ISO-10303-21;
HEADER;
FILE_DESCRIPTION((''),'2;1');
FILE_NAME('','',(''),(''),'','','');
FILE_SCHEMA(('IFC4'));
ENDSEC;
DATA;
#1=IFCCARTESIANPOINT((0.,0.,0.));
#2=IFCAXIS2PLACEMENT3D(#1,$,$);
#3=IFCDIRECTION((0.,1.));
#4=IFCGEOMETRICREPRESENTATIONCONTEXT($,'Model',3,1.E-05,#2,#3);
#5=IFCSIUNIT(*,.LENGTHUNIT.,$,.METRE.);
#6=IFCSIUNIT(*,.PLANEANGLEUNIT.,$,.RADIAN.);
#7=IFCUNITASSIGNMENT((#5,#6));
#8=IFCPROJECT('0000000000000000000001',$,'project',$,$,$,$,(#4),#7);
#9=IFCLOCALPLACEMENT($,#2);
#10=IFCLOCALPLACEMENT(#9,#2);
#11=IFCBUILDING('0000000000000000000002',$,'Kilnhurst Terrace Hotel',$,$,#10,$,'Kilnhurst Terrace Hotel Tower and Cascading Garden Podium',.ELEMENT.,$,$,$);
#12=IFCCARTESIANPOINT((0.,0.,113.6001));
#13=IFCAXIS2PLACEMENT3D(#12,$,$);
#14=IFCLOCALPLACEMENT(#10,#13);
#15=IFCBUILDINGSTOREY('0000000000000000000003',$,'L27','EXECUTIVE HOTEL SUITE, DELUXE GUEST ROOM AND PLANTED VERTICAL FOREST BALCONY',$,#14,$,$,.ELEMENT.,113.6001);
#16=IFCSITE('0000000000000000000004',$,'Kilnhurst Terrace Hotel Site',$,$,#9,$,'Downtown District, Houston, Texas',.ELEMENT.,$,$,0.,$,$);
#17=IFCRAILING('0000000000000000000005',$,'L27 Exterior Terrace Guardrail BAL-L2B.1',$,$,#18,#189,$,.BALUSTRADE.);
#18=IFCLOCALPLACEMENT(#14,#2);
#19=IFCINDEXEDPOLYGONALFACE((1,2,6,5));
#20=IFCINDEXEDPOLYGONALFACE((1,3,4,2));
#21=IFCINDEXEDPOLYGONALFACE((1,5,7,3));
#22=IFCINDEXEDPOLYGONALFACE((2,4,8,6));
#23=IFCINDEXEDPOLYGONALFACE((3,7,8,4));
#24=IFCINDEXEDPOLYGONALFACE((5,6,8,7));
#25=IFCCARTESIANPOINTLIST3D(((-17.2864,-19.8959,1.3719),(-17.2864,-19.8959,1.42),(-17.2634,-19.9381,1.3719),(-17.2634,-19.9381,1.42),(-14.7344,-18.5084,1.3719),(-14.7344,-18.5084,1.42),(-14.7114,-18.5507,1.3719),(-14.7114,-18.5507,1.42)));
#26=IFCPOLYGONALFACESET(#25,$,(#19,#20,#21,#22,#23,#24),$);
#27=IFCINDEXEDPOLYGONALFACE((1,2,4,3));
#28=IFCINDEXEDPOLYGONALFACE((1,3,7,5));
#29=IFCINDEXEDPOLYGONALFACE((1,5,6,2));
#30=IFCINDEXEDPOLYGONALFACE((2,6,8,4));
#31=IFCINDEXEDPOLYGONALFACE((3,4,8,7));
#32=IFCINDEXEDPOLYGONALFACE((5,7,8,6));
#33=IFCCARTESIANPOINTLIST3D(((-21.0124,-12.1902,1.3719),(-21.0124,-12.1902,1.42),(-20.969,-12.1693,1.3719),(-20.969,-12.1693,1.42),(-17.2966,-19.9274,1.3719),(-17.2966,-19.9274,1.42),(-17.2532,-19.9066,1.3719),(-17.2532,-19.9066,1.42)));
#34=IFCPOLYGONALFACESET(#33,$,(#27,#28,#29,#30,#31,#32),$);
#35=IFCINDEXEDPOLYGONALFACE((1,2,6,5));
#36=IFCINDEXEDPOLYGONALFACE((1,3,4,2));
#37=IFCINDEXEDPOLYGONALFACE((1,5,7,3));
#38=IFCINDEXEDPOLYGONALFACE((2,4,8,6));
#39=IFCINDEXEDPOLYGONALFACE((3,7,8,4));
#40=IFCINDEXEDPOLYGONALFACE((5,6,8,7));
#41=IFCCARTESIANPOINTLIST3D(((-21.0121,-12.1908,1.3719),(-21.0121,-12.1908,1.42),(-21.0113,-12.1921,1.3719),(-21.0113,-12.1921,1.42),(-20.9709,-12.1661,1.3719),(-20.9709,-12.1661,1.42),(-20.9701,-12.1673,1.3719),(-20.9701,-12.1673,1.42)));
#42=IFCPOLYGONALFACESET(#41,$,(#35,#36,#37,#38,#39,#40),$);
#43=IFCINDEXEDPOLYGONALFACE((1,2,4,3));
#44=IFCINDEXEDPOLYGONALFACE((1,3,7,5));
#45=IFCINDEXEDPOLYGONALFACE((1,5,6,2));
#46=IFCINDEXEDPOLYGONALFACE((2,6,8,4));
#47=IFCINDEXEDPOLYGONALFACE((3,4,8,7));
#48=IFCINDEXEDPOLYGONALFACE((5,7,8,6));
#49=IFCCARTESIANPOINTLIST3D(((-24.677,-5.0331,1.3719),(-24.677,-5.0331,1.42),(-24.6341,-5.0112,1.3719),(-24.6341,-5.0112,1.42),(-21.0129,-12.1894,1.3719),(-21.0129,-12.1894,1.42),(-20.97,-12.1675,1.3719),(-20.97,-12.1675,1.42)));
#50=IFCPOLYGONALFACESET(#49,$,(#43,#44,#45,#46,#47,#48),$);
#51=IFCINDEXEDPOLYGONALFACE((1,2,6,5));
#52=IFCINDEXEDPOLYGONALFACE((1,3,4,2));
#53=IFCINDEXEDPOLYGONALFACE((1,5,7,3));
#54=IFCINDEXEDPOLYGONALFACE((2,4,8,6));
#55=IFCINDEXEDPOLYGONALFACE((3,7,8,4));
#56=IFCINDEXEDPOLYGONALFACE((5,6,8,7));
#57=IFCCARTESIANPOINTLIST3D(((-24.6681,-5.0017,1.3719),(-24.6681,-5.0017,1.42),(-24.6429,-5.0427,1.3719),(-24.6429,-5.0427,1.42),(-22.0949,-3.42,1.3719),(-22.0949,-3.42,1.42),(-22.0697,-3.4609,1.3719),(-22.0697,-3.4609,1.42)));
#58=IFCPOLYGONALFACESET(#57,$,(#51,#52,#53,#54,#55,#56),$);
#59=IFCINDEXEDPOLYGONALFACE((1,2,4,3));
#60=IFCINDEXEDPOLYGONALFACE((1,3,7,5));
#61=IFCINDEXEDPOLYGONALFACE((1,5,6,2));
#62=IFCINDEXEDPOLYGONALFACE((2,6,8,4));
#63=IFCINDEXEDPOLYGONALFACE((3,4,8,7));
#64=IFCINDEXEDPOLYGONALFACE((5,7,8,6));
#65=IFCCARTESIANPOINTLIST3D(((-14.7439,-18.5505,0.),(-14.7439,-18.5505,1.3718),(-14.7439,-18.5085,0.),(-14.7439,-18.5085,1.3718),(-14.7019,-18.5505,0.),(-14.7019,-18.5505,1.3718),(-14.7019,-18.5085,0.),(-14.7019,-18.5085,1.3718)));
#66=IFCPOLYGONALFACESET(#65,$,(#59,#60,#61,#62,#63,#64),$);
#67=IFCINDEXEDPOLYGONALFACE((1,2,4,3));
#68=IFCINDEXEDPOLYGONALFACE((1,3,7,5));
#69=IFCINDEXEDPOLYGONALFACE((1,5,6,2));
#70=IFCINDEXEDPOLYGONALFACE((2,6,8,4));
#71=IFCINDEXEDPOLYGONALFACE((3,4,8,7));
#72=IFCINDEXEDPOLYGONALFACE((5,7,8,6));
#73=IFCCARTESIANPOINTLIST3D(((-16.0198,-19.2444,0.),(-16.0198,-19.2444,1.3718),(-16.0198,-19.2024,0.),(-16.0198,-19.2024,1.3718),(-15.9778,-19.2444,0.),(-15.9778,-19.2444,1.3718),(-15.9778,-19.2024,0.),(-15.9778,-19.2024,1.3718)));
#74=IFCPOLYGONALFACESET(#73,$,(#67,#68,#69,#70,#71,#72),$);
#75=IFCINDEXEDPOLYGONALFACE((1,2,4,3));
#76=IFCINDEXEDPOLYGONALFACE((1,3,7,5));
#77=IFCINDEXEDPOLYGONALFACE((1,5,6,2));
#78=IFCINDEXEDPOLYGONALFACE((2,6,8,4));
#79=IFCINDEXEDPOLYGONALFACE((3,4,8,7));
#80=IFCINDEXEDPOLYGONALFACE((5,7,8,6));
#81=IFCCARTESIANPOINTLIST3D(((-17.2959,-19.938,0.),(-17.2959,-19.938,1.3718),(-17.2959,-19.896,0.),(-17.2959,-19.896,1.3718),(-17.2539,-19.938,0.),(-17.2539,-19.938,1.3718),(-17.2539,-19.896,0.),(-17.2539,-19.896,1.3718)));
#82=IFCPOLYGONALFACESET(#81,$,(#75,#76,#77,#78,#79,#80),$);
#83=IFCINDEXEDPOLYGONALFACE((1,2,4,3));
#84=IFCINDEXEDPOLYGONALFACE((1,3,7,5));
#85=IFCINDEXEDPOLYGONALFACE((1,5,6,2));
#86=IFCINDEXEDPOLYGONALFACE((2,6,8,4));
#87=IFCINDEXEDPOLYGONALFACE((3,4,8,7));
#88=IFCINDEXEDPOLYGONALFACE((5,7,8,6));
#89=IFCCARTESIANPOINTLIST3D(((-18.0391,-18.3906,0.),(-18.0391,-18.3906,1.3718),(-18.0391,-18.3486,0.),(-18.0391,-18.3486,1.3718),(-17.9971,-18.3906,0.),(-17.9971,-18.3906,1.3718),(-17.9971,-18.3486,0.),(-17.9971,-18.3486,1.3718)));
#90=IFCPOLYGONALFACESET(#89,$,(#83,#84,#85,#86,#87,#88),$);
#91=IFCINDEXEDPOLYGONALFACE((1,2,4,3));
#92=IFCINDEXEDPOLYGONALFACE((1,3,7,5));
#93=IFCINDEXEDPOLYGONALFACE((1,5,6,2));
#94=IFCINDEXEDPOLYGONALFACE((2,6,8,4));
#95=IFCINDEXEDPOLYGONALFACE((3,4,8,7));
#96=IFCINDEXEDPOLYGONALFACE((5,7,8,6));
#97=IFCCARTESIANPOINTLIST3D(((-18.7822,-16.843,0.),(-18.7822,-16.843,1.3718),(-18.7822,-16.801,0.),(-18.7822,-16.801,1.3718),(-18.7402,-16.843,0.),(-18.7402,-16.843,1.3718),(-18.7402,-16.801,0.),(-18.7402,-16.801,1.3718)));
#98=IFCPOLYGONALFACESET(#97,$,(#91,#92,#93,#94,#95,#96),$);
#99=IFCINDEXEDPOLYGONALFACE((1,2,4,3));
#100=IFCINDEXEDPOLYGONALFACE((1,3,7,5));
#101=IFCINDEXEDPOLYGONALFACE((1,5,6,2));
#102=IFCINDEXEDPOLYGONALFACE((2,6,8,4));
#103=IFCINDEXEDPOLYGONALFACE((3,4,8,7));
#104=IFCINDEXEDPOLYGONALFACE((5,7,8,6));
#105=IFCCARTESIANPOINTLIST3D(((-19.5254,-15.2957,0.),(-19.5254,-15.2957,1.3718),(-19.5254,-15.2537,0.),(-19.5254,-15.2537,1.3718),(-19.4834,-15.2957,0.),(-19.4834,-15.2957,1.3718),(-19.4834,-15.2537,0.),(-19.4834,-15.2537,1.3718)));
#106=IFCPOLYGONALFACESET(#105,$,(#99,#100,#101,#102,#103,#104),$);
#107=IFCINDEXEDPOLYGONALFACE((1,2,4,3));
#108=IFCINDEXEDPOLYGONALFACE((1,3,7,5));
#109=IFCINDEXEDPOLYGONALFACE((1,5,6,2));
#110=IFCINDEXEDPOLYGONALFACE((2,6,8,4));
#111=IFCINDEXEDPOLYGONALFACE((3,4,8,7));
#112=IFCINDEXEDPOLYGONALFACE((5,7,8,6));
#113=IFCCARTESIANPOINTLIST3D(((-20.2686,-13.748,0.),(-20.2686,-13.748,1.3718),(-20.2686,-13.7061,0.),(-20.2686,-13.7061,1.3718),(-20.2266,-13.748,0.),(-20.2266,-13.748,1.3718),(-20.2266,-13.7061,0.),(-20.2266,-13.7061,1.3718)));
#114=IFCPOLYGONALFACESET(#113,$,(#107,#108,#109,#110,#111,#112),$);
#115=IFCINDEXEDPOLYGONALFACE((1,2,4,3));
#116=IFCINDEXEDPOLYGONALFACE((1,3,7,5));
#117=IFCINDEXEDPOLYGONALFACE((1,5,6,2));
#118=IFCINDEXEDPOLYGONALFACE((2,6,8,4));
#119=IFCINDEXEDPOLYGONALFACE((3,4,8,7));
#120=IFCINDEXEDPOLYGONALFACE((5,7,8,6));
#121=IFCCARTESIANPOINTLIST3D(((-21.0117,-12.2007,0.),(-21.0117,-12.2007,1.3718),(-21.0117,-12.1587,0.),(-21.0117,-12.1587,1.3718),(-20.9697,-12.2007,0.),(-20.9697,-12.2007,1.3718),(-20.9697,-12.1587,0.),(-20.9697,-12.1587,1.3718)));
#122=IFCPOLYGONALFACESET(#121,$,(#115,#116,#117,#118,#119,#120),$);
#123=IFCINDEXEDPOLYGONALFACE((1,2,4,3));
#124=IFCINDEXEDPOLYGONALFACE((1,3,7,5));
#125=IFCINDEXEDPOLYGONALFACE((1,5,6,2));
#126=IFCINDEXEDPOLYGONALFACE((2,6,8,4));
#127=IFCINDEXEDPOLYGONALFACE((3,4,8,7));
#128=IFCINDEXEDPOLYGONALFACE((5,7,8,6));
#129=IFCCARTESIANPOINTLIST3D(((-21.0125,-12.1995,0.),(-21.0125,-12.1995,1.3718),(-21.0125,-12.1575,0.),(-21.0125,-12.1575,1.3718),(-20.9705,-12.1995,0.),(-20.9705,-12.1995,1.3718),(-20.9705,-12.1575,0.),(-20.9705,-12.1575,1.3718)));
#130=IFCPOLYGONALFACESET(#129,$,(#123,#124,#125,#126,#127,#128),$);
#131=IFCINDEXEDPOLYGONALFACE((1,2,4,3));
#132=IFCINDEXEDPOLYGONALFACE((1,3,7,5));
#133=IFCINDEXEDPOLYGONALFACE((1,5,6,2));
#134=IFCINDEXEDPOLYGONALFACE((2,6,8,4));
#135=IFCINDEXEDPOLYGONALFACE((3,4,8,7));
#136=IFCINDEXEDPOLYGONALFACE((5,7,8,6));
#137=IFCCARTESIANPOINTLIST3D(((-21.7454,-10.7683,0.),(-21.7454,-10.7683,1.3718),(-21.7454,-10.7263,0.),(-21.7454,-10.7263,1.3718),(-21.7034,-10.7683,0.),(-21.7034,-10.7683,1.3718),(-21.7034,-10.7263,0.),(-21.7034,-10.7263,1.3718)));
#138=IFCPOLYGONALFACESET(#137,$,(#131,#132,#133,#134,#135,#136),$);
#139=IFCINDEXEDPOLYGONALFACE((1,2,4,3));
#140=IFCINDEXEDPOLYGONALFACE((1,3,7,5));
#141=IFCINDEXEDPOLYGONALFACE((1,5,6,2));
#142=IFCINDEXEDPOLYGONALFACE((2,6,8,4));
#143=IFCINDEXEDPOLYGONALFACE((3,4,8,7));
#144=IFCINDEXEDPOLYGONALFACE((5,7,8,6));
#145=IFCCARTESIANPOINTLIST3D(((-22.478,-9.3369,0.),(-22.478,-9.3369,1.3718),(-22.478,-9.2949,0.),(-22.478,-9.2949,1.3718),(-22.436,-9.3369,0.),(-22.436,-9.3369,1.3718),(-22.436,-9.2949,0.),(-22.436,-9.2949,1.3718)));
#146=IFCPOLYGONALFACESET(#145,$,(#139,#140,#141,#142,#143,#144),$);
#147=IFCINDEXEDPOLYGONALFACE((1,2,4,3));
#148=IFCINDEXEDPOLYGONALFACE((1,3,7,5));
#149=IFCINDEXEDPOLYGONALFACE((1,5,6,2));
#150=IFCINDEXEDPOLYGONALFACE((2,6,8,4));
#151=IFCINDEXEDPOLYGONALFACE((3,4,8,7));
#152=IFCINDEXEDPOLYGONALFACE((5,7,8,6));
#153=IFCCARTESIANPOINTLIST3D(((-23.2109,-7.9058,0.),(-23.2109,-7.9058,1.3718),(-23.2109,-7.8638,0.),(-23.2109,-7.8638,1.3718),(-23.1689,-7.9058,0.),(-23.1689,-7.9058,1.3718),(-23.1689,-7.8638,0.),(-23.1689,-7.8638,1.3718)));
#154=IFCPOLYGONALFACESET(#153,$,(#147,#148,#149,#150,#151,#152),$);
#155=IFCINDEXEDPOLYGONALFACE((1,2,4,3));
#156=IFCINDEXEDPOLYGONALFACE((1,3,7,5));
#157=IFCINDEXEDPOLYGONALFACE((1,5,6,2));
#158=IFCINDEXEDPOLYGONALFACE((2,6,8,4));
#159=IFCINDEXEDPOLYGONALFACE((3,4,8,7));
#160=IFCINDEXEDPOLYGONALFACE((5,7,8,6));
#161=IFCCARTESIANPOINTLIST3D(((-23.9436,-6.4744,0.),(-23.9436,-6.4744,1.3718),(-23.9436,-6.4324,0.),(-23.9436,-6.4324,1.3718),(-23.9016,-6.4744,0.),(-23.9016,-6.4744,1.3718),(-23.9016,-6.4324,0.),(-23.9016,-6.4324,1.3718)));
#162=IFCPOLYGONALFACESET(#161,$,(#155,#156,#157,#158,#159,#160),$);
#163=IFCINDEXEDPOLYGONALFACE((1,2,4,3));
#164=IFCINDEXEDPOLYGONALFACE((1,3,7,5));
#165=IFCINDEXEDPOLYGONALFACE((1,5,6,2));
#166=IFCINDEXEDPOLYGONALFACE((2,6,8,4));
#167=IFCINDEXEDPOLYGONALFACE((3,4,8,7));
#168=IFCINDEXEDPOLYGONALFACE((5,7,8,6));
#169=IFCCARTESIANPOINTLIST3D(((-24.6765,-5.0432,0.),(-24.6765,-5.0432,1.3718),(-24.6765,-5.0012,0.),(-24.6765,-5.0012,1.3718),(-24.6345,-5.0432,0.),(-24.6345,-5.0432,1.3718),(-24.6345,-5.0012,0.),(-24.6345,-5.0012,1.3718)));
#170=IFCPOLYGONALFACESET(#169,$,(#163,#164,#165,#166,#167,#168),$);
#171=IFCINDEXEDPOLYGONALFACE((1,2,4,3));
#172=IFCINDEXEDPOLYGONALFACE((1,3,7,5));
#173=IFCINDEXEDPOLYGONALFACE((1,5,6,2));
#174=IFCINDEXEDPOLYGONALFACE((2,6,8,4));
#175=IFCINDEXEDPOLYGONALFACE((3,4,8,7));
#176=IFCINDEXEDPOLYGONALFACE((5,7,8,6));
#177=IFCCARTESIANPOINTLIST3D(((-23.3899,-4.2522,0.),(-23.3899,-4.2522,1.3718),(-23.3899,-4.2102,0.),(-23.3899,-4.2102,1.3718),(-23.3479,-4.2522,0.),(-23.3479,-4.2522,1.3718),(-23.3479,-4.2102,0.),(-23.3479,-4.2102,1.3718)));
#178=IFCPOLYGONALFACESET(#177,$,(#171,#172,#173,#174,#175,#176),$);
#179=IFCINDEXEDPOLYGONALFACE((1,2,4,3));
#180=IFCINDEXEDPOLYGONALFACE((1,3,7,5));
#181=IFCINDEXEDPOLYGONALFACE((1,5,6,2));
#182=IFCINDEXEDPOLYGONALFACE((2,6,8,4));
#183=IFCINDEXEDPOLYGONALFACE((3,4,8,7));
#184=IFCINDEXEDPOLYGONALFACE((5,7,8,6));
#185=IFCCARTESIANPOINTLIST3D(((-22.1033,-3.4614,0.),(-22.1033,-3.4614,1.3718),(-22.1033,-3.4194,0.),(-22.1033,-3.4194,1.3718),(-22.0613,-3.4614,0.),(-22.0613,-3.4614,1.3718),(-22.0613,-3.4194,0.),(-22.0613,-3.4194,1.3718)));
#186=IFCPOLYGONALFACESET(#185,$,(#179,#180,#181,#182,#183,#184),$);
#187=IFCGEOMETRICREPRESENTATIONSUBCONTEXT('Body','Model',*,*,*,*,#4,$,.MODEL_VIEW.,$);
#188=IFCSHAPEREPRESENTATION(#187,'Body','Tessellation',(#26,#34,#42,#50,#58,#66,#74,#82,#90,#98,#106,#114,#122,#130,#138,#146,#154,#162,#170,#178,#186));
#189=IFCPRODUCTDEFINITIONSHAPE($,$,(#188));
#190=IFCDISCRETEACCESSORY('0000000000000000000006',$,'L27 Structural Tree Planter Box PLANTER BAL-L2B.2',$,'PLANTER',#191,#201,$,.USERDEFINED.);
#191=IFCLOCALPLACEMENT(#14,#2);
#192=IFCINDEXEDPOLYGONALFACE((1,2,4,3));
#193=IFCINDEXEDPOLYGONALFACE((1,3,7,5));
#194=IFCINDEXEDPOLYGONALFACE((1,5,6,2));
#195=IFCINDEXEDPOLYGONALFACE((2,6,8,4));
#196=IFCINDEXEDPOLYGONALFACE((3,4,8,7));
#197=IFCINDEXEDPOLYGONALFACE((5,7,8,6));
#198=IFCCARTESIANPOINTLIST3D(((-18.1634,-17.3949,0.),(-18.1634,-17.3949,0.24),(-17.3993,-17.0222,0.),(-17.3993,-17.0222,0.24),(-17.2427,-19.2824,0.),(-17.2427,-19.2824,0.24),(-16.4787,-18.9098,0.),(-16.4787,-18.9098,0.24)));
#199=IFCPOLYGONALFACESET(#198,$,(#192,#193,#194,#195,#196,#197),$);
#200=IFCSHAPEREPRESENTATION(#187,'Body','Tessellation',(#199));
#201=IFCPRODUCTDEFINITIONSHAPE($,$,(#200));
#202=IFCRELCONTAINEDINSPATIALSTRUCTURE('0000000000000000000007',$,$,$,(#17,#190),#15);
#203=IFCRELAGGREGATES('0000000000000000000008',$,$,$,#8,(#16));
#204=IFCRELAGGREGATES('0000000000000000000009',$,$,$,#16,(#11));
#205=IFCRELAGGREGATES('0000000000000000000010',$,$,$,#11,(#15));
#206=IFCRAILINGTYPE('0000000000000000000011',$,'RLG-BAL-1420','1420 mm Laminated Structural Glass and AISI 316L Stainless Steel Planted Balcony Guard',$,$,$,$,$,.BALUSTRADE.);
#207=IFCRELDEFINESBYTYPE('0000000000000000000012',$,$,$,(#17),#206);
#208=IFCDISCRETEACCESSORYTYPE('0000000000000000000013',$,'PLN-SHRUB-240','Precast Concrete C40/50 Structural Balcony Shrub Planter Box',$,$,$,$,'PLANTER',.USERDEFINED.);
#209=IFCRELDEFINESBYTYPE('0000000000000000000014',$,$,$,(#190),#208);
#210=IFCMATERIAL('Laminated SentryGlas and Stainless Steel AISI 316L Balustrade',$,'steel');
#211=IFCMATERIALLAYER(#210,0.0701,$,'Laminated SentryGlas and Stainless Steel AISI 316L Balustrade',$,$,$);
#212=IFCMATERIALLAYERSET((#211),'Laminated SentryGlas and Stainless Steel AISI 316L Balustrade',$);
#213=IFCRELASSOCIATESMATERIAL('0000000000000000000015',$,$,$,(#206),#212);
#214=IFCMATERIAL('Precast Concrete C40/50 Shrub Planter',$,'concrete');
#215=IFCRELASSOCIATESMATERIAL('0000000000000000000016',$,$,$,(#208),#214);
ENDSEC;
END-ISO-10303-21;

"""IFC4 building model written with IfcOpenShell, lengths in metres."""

from ifc_helpers import new_model, si_unit, direction, frame, origin, origin_2d, place, context, subcontext, project, spatial, rectangle, extrude, material, layer, layer_set, type_object, element, save


model = new_model("IFC4")

# Units and contexts
model_context = context("Model", 3, precision=1e-05, world=origin(), true_north=direction((0.0, 1.0)))
body_context = subcontext(model_context, "Body", "Model", "MODEL_VIEW")
ifc_project = project(units=[si_unit("LENGTHUNIT", "METRE"), si_unit("PLANEANGLEUNIT", "RADIAN")], contexts=[model_context])

# Site, building, storey
site_placement = place(None, origin())
site = spatial("IfcSite", under=ifc_project, at=site_placement, Name="Kilnhurst Terrace Hotel Site", LongName="Downtown District, Houston, Texas", CompositionType="ELEMENT", RefElevation=0.0)
building_placement = place(site_placement, origin())
building = spatial("IfcBuilding", under=site, at=building_placement, Name="Kilnhurst Terrace Hotel", LongName="Kilnhurst Terrace Hotel Tower and Cascading Garden Podium", CompositionType="ELEMENT")
storey_placement = place(building_placement, frame((0.0, 0.0, 113.6001)))
storey = spatial("IfcBuildingStorey", under=building, at=storey_placement, Name="L27", Description="EXECUTIVE HOTEL SUITE, DELUXE GUEST ROOM AND PLANTED VERTICAL FOREST BALCONY", CompositionType="ELEMENT", Elevation=113.6001)

# Railing
ifc_material_1 = material(Name="Laminated SentryGlas and Stainless Steel AISI 316L Balustrade", Category="steel")
ifc_layer_1 = layer(ifc_material_1, 0.0701, Name="Laminated SentryGlas and Stainless Steel AISI 316L Balustrade")
ifc_layer_set_1 = layer_set([ifc_layer_1], Name="Laminated SentryGlas and Stainless Steel AISI 316L Balustrade")
railing_type = type_object("IfcRailingType", Name="RLG-BAL-1420", Description="1420 mm Laminated Structural Glass and AISI 316L Stainless Steel Planted Balcony Guard", PredefinedType="BALUSTRADE", material=ifc_layer_set_1)
railing_placement = place(storey_placement, frame((-14.7229, -18.5295, 0.0)))
element("IfcRailing", 1, at=railing_placement, inside=storey, type_object=railing_type, Name="L27 Exterior Terrace Guardrail BAL-L2B.1", PredefinedType="BALUSTRADE", context=body_context, shape_type="SweptSolid", body=[
    extrude(rectangle(XDim=0.0481, YDim=0.0481, at=origin_2d()), frame((0.0, 0.0, 1.396), z_axis=(-0.878553, -0.477644, 0.0), x_axis=(0.477644, -0.878553, 0.0)), (0.0, 0.0, 1.0), 2.9048),
    extrude(rectangle(XDim=0.0481, YDim=0.0481, at=origin_2d()), frame((-2.552, -1.3875, 1.396), z_axis=(-0.432912, 0.901436, 0.0), x_axis=(-0.901436, -0.432912, 0.0)), (0.0, 0.0, 1.0), 8.5833),
    extrude(rectangle(XDim=0.0481, YDim=0.0481, at=origin_2d()), frame((-6.2678, 6.3499, 1.396), z_axis=(-0.514496, 0.857493, 0.0), x_axis=(-0.857493, -0.514496, 0.0)), (0.0, 0.0, 1.0), 0.0015),
    extrude(rectangle(XDim=0.0481, YDim=0.0481, at=origin_2d()), frame((-6.2686, 6.3511, 1.396), z_axis=(-0.455744, 0.890111, 0.0), x_axis=(-0.890111, -0.455744, 0.0)), (0.0, 0.0, 1.0), 8.0398),
    extrude(rectangle(XDim=0.0481, YDim=0.0481, at=origin_2d()), frame((-9.9326, 13.5073, 1.396), z_axis=(0.851916, 0.523678, 0.0), x_axis=(-0.523678, 0.851916, 0.0)), (0.0, 0.0, 1.0), 3.0205),
    extrude(rectangle(XDim=0.042, YDim=0.042, at=origin_2d()), origin(), (0.0, 0.0, 1.0), 1.3718),
    extrude(rectangle(XDim=0.042, YDim=0.042, at=origin_2d()), frame((-1.2759, -0.6938, 0.0)), (0.0, 0.0, 1.0), 1.3718),
    extrude(rectangle(XDim=0.042, YDim=0.042, at=origin_2d()), frame((-2.552, -1.3875, 0.0)), (0.0, 0.0, 1.0), 1.3718),
    extrude(rectangle(XDim=0.042, YDim=0.042, at=origin_2d()), frame((-3.2952, 0.1599, 0.0)), (0.0, 0.0, 1.0), 1.3718),
    extrude(rectangle(XDim=0.042, YDim=0.042, at=origin_2d()), frame((-4.0383, 1.7075, 0.0)), (0.0, 0.0, 1.0), 1.3718),
    extrude(rectangle(XDim=0.042, YDim=0.042, at=origin_2d()), frame((-4.7815, 3.2549, 0.0)), (0.0, 0.0, 1.0), 1.3718),
    extrude(rectangle(XDim=0.042, YDim=0.042, at=origin_2d()), frame((-5.5247, 4.8025, 0.0)), (0.0, 0.0, 1.0), 1.3718),
    extrude(rectangle(XDim=0.042, YDim=0.042, at=origin_2d()), frame((-6.2678, 6.3499, 0.0)), (0.0, 0.0, 1.0), 1.3718),
    extrude(rectangle(XDim=0.042, YDim=0.042, at=origin_2d()), frame((-6.2686, 6.3511, 0.0)), (0.0, 0.0, 1.0), 1.3718),
    extrude(rectangle(XDim=0.042, YDim=0.042, at=origin_2d()), frame((-7.0015, 7.7822, 0.0)), (0.0, 0.0, 1.0), 1.3718),
    extrude(rectangle(XDim=0.042, YDim=0.042, at=origin_2d()), frame((-7.7341, 9.2136, 0.0)), (0.0, 0.0, 1.0), 1.3718),
    extrude(rectangle(XDim=0.042, YDim=0.042, at=origin_2d()), frame((-8.467, 10.6448, 0.0)), (0.0, 0.0, 1.0), 1.3718),
    extrude(rectangle(XDim=0.042, YDim=0.042, at=origin_2d()), frame((-9.1997, 12.0762, 0.0)), (0.0, 0.0, 1.0), 1.3718),
    extrude(rectangle(XDim=0.042, YDim=0.042, at=origin_2d()), frame((-9.9326, 13.5073, 0.0)), (0.0, 0.0, 1.0), 1.3718),
    extrude(rectangle(XDim=0.042, YDim=0.042, at=origin_2d()), frame((-8.646, 14.2983, 0.0)), (0.0, 0.0, 1.0), 1.3718),
    extrude(rectangle(XDim=0.042, YDim=0.042, at=origin_2d()), frame((-7.3594, 15.0891, 0.0)), (0.0, 0.0, 1.0), 1.3718),
])

# Discrete accessory
ifc_material_2 = material(Name="Precast Concrete C40/50 Shrub Planter", Category="concrete")
discrete_accessory_type = type_object("IfcDiscreteAccessoryType", Name="PLN-SHRUB-240", Description="Precast Concrete C40/50 Structural Balcony Shrub Planter Box", ElementType="PLANTER", PredefinedType="USERDEFINED", material=ifc_material_2)
discrete_accessory_placement = place(storey_placement, frame((-17.321, -18.1523, 0.0), z_axis=(0.0, 0.0, 1.0), x_axis=(0.438387, -0.898786, 0.0)))
element("IfcDiscreteAccessory", 2, at=discrete_accessory_placement, inside=storey, type_object=discrete_accessory_type, Name="L27 Structural Tree Planter Box PLANTER BAL-L2B.2", ObjectType="PLANTER", PredefinedType="USERDEFINED", context=body_context, shape_type="SweptSolid", body=[
    extrude(rectangle(XDim=2.1001, YDim=0.8501, at=origin_2d()), origin(), (0.0, 0.0, 1.0), 0.24),
])

save(model, "model.ifc")
